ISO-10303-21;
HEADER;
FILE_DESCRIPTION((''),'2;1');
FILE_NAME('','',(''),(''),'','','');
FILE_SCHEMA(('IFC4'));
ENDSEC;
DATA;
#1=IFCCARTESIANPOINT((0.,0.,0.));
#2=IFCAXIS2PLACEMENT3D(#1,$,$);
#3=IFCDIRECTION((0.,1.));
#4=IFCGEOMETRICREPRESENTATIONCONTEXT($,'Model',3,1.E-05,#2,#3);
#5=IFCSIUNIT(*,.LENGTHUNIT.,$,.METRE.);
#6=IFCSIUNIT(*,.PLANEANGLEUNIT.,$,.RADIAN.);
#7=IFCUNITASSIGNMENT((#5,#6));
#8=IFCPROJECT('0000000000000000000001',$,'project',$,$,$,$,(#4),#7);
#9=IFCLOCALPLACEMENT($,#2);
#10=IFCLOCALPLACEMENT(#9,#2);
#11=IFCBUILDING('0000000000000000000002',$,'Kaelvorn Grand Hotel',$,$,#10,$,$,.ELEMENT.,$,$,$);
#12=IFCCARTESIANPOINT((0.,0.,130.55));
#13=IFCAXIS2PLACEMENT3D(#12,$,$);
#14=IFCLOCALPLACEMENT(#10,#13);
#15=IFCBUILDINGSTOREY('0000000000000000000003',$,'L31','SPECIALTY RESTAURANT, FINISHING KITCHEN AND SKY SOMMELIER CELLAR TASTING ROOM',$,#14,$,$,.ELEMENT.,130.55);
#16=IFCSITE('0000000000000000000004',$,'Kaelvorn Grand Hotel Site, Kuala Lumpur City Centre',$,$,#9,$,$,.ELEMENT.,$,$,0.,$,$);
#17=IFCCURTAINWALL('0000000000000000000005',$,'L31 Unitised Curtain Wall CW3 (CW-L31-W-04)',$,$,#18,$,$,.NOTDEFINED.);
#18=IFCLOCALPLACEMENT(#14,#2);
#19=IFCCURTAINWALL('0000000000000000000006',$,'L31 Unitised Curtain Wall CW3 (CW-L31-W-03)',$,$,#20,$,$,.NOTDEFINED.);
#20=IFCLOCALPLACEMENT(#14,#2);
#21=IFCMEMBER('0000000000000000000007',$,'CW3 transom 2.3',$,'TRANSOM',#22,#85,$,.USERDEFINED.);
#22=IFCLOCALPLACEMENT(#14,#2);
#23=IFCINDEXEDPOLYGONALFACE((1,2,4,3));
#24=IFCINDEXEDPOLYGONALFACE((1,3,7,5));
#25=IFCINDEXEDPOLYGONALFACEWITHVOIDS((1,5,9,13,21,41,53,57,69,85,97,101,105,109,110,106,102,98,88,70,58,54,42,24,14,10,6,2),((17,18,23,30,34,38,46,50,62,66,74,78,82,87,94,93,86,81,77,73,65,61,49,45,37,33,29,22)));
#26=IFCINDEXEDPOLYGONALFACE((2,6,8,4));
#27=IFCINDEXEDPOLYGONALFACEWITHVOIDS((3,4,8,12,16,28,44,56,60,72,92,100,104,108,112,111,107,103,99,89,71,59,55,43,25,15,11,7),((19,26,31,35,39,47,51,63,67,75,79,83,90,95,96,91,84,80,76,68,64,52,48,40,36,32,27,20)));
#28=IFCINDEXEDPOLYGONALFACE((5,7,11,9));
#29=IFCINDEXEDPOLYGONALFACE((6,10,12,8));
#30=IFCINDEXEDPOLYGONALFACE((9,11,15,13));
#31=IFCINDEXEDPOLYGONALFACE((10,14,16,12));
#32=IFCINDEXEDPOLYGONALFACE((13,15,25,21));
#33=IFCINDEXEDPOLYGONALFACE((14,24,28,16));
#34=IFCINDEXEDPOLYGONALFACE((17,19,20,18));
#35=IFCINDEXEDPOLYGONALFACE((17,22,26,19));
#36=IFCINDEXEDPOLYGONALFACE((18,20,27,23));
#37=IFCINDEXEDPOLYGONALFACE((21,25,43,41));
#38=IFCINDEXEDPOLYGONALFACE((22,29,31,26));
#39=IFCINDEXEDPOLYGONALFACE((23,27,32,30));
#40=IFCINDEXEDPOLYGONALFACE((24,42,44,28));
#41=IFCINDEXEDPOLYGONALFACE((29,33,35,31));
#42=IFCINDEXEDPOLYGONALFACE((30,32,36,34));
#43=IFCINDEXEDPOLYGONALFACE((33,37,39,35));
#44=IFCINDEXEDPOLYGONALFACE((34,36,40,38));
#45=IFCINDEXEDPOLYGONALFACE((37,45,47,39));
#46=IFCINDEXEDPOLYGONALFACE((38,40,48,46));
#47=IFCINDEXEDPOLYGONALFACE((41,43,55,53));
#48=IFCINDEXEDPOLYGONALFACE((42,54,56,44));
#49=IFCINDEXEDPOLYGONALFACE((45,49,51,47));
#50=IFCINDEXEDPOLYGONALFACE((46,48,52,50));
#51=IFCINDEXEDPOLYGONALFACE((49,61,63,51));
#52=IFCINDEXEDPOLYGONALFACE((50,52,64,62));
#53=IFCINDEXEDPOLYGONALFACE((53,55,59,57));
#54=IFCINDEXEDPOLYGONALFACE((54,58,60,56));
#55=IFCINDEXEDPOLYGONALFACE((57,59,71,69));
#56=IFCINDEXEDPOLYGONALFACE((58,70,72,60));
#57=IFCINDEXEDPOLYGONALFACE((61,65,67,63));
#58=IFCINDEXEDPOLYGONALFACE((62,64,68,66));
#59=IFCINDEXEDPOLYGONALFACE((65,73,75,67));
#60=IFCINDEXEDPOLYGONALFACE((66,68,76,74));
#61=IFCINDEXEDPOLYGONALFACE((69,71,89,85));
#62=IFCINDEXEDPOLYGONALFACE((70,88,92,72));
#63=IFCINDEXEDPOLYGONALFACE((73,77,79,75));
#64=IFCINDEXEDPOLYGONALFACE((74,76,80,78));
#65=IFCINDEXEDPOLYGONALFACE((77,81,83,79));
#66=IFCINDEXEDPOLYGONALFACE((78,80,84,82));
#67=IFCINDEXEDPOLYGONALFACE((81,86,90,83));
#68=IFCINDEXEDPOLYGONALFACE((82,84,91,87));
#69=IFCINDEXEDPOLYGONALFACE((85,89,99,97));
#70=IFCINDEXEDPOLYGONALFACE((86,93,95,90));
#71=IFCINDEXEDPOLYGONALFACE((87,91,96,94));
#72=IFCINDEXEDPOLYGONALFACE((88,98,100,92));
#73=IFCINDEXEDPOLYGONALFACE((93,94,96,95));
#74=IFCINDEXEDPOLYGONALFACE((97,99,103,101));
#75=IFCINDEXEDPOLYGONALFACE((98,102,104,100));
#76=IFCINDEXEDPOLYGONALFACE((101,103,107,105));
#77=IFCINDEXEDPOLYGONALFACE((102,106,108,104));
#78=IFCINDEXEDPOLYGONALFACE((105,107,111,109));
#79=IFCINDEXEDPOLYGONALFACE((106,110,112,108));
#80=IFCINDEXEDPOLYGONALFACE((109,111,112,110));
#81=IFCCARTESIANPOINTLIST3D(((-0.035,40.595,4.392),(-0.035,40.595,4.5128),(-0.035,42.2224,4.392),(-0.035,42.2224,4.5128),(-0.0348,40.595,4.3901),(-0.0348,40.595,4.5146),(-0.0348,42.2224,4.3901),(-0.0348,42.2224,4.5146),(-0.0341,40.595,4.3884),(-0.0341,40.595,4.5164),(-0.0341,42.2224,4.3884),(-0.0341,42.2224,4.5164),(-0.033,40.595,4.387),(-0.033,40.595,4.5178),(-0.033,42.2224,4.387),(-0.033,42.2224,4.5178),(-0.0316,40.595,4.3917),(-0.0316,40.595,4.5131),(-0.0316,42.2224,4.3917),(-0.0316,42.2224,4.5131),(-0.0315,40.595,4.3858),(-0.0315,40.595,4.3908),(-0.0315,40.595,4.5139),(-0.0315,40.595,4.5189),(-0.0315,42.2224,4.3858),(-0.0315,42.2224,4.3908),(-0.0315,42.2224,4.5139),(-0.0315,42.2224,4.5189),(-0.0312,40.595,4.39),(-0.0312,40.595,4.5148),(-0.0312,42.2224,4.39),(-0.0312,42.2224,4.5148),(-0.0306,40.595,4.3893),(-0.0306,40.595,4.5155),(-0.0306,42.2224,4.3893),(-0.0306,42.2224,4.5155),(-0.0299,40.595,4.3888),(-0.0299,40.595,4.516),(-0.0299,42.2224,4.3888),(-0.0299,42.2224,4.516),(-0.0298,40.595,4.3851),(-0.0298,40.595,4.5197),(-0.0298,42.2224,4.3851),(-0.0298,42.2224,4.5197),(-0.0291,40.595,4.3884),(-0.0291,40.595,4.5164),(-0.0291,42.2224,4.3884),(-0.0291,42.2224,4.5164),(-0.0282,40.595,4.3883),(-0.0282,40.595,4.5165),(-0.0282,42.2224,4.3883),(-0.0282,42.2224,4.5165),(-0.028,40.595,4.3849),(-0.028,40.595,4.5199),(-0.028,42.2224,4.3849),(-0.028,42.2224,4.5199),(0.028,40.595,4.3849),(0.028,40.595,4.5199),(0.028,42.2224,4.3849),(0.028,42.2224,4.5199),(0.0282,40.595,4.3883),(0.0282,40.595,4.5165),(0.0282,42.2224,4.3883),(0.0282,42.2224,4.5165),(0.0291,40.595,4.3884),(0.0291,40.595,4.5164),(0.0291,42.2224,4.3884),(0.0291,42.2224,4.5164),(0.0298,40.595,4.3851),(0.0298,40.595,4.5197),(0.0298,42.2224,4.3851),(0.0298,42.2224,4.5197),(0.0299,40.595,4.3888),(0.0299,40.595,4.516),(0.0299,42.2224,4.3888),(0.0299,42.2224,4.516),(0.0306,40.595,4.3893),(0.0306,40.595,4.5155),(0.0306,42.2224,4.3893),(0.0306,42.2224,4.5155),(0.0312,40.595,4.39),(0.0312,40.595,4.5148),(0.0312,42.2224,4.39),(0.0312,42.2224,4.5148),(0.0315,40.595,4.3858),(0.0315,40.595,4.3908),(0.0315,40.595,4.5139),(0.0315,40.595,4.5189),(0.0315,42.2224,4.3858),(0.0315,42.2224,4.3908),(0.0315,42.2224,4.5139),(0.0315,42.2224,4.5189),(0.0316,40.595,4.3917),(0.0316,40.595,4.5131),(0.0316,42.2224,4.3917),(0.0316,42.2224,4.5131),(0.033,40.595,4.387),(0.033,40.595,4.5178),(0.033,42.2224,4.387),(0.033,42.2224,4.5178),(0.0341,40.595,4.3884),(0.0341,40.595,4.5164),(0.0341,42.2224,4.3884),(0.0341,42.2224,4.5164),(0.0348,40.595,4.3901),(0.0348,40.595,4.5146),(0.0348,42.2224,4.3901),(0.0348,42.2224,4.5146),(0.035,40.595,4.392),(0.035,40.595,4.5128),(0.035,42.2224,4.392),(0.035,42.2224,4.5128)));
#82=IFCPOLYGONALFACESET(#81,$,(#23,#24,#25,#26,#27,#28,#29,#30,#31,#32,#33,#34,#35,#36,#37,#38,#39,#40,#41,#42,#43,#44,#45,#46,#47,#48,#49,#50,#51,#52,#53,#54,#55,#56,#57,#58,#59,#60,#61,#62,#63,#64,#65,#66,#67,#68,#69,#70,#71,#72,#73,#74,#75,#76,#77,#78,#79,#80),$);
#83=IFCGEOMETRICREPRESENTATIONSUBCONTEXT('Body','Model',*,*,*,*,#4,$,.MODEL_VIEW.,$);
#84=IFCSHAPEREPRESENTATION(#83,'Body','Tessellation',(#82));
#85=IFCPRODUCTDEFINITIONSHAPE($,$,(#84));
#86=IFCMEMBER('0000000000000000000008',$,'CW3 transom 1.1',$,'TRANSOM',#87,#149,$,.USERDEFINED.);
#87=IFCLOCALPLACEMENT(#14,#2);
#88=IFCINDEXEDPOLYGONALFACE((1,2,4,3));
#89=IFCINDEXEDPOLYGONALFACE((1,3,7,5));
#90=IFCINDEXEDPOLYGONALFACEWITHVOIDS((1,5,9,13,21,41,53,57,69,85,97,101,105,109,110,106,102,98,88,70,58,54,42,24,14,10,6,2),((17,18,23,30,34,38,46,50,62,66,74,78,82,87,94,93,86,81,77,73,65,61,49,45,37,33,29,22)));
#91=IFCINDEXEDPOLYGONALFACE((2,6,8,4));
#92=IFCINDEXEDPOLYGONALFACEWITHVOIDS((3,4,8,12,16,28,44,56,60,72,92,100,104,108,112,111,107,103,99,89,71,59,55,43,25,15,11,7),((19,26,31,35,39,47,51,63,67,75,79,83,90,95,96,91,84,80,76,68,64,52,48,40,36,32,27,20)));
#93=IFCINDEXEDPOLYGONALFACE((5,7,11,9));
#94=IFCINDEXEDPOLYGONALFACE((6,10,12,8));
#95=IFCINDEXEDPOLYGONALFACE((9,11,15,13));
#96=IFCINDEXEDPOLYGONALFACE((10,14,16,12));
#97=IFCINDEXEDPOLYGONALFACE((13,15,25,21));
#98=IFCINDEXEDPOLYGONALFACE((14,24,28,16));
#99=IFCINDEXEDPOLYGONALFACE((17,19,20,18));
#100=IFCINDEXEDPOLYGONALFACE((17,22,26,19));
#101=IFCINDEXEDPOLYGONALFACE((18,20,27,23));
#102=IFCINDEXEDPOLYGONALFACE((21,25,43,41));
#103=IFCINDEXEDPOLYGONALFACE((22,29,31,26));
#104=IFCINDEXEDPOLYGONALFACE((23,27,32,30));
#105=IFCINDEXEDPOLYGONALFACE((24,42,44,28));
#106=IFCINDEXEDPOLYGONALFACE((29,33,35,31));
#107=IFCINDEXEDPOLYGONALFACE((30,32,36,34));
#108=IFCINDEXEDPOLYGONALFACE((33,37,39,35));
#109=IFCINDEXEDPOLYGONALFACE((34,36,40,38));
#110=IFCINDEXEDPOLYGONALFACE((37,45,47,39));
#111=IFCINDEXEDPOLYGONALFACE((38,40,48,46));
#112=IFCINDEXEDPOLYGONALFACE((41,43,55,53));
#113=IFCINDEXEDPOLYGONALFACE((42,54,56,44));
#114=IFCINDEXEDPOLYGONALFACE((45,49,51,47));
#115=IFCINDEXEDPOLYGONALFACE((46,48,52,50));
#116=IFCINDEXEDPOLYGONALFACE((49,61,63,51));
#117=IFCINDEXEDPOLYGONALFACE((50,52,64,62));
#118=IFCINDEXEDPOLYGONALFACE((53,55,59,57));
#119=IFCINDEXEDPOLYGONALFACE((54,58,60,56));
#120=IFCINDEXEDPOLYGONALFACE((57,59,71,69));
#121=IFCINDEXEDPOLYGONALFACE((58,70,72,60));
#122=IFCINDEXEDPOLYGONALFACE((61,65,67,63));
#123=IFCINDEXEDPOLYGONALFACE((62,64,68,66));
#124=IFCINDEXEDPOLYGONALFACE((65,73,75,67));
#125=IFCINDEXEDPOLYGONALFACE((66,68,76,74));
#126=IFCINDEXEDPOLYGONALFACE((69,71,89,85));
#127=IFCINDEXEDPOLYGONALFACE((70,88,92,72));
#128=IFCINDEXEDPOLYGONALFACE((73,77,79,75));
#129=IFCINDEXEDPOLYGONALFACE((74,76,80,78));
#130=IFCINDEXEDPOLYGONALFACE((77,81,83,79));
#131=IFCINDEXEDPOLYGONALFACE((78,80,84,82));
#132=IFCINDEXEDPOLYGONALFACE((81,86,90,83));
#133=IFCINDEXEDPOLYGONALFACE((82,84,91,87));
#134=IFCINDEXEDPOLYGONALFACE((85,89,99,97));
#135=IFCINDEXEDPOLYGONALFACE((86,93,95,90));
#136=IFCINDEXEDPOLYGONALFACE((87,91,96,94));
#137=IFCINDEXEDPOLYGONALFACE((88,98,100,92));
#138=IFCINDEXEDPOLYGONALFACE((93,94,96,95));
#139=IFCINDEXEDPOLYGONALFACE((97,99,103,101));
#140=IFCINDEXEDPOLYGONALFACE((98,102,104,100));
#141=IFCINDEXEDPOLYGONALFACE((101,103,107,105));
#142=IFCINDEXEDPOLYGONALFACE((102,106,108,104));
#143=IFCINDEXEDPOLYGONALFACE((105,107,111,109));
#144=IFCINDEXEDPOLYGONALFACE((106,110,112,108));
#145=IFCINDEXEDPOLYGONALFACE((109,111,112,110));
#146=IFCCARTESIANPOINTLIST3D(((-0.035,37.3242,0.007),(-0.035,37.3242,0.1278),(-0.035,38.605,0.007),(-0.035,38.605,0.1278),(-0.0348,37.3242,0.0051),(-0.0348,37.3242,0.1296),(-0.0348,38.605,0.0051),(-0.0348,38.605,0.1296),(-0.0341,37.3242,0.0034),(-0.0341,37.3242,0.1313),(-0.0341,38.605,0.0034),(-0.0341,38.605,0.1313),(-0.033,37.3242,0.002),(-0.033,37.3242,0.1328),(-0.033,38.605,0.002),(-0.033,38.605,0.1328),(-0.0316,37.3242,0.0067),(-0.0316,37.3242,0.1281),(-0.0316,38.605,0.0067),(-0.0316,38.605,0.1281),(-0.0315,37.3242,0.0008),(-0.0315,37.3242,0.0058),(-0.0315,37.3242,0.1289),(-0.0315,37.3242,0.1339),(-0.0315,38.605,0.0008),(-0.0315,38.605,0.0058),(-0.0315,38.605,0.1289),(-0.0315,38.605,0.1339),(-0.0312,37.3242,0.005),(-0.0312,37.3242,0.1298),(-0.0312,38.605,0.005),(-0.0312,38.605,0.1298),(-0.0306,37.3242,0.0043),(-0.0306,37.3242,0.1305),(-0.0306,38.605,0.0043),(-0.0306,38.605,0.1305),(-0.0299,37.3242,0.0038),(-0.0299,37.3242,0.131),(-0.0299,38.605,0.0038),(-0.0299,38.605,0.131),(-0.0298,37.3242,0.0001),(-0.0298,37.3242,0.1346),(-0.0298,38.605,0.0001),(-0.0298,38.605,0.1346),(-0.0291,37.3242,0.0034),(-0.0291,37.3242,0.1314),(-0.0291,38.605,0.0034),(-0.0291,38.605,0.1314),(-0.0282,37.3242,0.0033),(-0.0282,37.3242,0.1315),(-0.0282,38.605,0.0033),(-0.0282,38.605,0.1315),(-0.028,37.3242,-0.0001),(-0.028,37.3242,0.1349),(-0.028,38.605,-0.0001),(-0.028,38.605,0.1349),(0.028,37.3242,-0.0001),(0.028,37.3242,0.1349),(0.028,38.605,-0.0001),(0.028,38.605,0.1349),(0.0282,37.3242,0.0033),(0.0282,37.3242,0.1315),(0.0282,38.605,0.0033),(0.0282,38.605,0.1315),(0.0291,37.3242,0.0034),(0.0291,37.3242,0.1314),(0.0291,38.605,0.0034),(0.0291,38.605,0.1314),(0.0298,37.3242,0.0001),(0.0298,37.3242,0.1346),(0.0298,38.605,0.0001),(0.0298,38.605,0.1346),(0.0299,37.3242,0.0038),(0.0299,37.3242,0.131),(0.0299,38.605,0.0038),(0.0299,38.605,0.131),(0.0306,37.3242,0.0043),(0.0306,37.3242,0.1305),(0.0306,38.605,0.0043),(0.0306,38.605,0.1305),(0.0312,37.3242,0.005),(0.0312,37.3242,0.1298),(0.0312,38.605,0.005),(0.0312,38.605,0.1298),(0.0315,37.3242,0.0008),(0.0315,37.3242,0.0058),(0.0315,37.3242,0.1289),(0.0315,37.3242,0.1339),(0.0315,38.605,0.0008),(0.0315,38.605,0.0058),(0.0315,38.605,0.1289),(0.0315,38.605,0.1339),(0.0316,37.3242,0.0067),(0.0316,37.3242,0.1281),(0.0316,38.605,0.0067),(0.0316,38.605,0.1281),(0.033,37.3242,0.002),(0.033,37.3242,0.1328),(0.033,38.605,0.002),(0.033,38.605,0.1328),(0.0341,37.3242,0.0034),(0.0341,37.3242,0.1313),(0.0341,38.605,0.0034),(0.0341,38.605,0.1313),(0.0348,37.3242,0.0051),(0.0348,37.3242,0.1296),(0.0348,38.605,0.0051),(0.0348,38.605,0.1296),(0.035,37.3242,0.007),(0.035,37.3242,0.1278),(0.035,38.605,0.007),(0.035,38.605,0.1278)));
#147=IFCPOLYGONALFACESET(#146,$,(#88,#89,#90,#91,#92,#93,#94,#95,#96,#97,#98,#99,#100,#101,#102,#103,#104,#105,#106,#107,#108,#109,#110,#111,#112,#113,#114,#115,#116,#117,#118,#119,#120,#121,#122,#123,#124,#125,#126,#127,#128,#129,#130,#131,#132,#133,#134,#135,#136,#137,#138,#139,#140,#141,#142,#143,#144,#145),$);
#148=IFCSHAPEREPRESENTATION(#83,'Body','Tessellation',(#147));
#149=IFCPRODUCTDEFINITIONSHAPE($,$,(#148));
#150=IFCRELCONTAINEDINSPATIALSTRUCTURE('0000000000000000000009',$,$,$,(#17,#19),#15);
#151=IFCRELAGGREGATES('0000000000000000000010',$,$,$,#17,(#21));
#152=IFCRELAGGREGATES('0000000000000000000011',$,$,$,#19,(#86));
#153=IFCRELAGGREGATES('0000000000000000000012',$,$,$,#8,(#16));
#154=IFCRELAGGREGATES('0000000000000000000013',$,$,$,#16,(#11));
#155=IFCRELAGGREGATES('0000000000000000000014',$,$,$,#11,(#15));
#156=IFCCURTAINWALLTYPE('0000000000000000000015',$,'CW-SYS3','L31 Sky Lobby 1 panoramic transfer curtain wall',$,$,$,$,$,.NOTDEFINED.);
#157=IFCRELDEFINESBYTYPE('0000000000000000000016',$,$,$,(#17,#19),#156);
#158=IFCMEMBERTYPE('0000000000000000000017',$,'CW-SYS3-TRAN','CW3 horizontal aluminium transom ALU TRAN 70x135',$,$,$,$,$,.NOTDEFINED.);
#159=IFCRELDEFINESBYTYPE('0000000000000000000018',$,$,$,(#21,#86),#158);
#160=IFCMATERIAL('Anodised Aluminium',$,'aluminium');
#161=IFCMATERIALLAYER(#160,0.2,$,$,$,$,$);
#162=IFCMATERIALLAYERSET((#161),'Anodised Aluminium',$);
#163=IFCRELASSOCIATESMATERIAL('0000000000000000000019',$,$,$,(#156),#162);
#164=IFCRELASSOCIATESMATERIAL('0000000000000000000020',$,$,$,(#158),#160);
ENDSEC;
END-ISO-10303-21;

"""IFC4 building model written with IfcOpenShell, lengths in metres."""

from ifc_helpers import new_model, si_unit, direction, frame, origin, origin_2d, place, context, subcontext, project, spatial, hollow_rectangle, extrude, material, layer, layer_set, material_profile, profile_set, type_object, element, aggregate, save


model = new_model("IFC4")

# Units and contexts
model_context = context("Model", 3, precision=1e-05, world=origin(), true_north=direction((0.0, 1.0)))
body_context = subcontext(model_context, "Body", "Model", "MODEL_VIEW")
ifc_project = project(units=[si_unit("LENGTHUNIT", "METRE"), si_unit("PLANEANGLEUNIT", "RADIAN")], contexts=[model_context])

# Site, building, storey
site_placement = place(None, origin())
site = spatial("IfcSite", under=ifc_project, at=site_placement, Name="Kaelvorn Grand Hotel Site, Kuala Lumpur City Centre", CompositionType="ELEMENT", RefElevation=0.0)
building_placement = place(site_placement, origin())
building = spatial("IfcBuilding", under=site, at=building_placement, Name="Kaelvorn Grand Hotel", CompositionType="ELEMENT")
storey_placement = place(building_placement, frame((0.0, 0.0, 130.55)))
storey = spatial("IfcBuildingStorey", under=building, at=storey_placement, Name="L31", Description="SPECIALTY RESTAURANT, FINISHING KITCHEN AND SKY SOMMELIER CELLAR TASTING ROOM", CompositionType="ELEMENT", Elevation=130.55)

# Curtain wall
ifc_material_1 = material(Name="Anodised Aluminium", Category="aluminium")
ifc_layer_1 = layer(ifc_material_1, 0.2)
ifc_layer_set_1 = layer_set([ifc_layer_1], Name="Anodised Aluminium")
curtain_wall_type = type_object("IfcCurtainWallType", Name="CW-SYS3", Description="L31 Sky Lobby 1 panoramic transfer curtain wall", PredefinedType="NOTDEFINED", material=ifc_layer_set_1)
curtain_wall_1_placement = place(storey_placement, origin())
curtain_wall_1 = element("IfcCurtainWall", 1, at=curtain_wall_1_placement, inside=storey, type_object=curtain_wall_type, Name="L31 Unitised Curtain Wall CW3 (CW-L31-W-04)", PredefinedType="NOTDEFINED")

# Curtain wall
curtain_wall_2_placement = place(storey_placement, origin())
curtain_wall_2 = element("IfcCurtainWall", 2, at=curtain_wall_2_placement, inside=storey, type_object=curtain_wall_type, Name="L31 Unitised Curtain Wall CW3 (CW-L31-W-03)", PredefinedType="NOTDEFINED")

# Members
ifc_material_profile_1 = material_profile(ifc_material_1, hollow_rectangle(XDim=0.0701, YDim=0.135, WallThickness=0.0034, InnerFilletRadius=0.0034, OuterFilletRadius=0.0071, at=origin_2d()), Name="ALU TRAN 70x135")
ifc_profile_set_1 = profile_set([ifc_material_profile_1], Name="Anodised Aluminium")
member_type_1 = type_object("IfcMemberType", Name="CW-SYS3-TRAN", Description="CW3 horizontal aluminium transom ALU TRAN 70x135", PredefinedType="NOTDEFINED", material=ifc_profile_set_1)
member_1_placement = place(storey_placement, frame((0.0, 42.2224, 4.4524), z_axis=(0.0, -1.0, 0.0), x_axis=(1.0, 0.0, 0.0)))
member_1 = element("IfcMember", 3, at=member_1_placement, type_object=member_type_1, Name="CW3 transom 2.3", ObjectType="TRANSOM", PredefinedType="USERDEFINED", context=body_context, shape_type="SweptSolid", body=[
    extrude(hollow_rectangle(XDim=0.0701, YDim=0.135, WallThickness=0.0034, InnerFilletRadius=0.0034, OuterFilletRadius=0.0071, at=origin_2d()), origin(), (0.0, 0.0, 1.0), 1.6274),
])
member_2_placement = place(storey_placement, frame((0.0, 38.605, 0.0674), z_axis=(0.0, -1.0, 0.0), x_axis=(1.0, 0.0, 0.0)))
member_2 = element("IfcMember", 4, at=member_2_placement, type_object=member_type_1, Name="CW3 transom 1.1", ObjectType="TRANSOM", PredefinedType="USERDEFINED", context=body_context, shape_type="SweptSolid", body=[
    extrude(hollow_rectangle(XDim=0.0701, YDim=0.135, WallThickness=0.0034, InnerFilletRadius=0.0034, OuterFilletRadius=0.0071, at=origin_2d()), origin(), (0.0, 0.0, 1.0), 1.2808),
])

aggregate(curtain_wall_1, [member_1])
aggregate(curtain_wall_2, [member_2])

save(model, "model.ifc")
